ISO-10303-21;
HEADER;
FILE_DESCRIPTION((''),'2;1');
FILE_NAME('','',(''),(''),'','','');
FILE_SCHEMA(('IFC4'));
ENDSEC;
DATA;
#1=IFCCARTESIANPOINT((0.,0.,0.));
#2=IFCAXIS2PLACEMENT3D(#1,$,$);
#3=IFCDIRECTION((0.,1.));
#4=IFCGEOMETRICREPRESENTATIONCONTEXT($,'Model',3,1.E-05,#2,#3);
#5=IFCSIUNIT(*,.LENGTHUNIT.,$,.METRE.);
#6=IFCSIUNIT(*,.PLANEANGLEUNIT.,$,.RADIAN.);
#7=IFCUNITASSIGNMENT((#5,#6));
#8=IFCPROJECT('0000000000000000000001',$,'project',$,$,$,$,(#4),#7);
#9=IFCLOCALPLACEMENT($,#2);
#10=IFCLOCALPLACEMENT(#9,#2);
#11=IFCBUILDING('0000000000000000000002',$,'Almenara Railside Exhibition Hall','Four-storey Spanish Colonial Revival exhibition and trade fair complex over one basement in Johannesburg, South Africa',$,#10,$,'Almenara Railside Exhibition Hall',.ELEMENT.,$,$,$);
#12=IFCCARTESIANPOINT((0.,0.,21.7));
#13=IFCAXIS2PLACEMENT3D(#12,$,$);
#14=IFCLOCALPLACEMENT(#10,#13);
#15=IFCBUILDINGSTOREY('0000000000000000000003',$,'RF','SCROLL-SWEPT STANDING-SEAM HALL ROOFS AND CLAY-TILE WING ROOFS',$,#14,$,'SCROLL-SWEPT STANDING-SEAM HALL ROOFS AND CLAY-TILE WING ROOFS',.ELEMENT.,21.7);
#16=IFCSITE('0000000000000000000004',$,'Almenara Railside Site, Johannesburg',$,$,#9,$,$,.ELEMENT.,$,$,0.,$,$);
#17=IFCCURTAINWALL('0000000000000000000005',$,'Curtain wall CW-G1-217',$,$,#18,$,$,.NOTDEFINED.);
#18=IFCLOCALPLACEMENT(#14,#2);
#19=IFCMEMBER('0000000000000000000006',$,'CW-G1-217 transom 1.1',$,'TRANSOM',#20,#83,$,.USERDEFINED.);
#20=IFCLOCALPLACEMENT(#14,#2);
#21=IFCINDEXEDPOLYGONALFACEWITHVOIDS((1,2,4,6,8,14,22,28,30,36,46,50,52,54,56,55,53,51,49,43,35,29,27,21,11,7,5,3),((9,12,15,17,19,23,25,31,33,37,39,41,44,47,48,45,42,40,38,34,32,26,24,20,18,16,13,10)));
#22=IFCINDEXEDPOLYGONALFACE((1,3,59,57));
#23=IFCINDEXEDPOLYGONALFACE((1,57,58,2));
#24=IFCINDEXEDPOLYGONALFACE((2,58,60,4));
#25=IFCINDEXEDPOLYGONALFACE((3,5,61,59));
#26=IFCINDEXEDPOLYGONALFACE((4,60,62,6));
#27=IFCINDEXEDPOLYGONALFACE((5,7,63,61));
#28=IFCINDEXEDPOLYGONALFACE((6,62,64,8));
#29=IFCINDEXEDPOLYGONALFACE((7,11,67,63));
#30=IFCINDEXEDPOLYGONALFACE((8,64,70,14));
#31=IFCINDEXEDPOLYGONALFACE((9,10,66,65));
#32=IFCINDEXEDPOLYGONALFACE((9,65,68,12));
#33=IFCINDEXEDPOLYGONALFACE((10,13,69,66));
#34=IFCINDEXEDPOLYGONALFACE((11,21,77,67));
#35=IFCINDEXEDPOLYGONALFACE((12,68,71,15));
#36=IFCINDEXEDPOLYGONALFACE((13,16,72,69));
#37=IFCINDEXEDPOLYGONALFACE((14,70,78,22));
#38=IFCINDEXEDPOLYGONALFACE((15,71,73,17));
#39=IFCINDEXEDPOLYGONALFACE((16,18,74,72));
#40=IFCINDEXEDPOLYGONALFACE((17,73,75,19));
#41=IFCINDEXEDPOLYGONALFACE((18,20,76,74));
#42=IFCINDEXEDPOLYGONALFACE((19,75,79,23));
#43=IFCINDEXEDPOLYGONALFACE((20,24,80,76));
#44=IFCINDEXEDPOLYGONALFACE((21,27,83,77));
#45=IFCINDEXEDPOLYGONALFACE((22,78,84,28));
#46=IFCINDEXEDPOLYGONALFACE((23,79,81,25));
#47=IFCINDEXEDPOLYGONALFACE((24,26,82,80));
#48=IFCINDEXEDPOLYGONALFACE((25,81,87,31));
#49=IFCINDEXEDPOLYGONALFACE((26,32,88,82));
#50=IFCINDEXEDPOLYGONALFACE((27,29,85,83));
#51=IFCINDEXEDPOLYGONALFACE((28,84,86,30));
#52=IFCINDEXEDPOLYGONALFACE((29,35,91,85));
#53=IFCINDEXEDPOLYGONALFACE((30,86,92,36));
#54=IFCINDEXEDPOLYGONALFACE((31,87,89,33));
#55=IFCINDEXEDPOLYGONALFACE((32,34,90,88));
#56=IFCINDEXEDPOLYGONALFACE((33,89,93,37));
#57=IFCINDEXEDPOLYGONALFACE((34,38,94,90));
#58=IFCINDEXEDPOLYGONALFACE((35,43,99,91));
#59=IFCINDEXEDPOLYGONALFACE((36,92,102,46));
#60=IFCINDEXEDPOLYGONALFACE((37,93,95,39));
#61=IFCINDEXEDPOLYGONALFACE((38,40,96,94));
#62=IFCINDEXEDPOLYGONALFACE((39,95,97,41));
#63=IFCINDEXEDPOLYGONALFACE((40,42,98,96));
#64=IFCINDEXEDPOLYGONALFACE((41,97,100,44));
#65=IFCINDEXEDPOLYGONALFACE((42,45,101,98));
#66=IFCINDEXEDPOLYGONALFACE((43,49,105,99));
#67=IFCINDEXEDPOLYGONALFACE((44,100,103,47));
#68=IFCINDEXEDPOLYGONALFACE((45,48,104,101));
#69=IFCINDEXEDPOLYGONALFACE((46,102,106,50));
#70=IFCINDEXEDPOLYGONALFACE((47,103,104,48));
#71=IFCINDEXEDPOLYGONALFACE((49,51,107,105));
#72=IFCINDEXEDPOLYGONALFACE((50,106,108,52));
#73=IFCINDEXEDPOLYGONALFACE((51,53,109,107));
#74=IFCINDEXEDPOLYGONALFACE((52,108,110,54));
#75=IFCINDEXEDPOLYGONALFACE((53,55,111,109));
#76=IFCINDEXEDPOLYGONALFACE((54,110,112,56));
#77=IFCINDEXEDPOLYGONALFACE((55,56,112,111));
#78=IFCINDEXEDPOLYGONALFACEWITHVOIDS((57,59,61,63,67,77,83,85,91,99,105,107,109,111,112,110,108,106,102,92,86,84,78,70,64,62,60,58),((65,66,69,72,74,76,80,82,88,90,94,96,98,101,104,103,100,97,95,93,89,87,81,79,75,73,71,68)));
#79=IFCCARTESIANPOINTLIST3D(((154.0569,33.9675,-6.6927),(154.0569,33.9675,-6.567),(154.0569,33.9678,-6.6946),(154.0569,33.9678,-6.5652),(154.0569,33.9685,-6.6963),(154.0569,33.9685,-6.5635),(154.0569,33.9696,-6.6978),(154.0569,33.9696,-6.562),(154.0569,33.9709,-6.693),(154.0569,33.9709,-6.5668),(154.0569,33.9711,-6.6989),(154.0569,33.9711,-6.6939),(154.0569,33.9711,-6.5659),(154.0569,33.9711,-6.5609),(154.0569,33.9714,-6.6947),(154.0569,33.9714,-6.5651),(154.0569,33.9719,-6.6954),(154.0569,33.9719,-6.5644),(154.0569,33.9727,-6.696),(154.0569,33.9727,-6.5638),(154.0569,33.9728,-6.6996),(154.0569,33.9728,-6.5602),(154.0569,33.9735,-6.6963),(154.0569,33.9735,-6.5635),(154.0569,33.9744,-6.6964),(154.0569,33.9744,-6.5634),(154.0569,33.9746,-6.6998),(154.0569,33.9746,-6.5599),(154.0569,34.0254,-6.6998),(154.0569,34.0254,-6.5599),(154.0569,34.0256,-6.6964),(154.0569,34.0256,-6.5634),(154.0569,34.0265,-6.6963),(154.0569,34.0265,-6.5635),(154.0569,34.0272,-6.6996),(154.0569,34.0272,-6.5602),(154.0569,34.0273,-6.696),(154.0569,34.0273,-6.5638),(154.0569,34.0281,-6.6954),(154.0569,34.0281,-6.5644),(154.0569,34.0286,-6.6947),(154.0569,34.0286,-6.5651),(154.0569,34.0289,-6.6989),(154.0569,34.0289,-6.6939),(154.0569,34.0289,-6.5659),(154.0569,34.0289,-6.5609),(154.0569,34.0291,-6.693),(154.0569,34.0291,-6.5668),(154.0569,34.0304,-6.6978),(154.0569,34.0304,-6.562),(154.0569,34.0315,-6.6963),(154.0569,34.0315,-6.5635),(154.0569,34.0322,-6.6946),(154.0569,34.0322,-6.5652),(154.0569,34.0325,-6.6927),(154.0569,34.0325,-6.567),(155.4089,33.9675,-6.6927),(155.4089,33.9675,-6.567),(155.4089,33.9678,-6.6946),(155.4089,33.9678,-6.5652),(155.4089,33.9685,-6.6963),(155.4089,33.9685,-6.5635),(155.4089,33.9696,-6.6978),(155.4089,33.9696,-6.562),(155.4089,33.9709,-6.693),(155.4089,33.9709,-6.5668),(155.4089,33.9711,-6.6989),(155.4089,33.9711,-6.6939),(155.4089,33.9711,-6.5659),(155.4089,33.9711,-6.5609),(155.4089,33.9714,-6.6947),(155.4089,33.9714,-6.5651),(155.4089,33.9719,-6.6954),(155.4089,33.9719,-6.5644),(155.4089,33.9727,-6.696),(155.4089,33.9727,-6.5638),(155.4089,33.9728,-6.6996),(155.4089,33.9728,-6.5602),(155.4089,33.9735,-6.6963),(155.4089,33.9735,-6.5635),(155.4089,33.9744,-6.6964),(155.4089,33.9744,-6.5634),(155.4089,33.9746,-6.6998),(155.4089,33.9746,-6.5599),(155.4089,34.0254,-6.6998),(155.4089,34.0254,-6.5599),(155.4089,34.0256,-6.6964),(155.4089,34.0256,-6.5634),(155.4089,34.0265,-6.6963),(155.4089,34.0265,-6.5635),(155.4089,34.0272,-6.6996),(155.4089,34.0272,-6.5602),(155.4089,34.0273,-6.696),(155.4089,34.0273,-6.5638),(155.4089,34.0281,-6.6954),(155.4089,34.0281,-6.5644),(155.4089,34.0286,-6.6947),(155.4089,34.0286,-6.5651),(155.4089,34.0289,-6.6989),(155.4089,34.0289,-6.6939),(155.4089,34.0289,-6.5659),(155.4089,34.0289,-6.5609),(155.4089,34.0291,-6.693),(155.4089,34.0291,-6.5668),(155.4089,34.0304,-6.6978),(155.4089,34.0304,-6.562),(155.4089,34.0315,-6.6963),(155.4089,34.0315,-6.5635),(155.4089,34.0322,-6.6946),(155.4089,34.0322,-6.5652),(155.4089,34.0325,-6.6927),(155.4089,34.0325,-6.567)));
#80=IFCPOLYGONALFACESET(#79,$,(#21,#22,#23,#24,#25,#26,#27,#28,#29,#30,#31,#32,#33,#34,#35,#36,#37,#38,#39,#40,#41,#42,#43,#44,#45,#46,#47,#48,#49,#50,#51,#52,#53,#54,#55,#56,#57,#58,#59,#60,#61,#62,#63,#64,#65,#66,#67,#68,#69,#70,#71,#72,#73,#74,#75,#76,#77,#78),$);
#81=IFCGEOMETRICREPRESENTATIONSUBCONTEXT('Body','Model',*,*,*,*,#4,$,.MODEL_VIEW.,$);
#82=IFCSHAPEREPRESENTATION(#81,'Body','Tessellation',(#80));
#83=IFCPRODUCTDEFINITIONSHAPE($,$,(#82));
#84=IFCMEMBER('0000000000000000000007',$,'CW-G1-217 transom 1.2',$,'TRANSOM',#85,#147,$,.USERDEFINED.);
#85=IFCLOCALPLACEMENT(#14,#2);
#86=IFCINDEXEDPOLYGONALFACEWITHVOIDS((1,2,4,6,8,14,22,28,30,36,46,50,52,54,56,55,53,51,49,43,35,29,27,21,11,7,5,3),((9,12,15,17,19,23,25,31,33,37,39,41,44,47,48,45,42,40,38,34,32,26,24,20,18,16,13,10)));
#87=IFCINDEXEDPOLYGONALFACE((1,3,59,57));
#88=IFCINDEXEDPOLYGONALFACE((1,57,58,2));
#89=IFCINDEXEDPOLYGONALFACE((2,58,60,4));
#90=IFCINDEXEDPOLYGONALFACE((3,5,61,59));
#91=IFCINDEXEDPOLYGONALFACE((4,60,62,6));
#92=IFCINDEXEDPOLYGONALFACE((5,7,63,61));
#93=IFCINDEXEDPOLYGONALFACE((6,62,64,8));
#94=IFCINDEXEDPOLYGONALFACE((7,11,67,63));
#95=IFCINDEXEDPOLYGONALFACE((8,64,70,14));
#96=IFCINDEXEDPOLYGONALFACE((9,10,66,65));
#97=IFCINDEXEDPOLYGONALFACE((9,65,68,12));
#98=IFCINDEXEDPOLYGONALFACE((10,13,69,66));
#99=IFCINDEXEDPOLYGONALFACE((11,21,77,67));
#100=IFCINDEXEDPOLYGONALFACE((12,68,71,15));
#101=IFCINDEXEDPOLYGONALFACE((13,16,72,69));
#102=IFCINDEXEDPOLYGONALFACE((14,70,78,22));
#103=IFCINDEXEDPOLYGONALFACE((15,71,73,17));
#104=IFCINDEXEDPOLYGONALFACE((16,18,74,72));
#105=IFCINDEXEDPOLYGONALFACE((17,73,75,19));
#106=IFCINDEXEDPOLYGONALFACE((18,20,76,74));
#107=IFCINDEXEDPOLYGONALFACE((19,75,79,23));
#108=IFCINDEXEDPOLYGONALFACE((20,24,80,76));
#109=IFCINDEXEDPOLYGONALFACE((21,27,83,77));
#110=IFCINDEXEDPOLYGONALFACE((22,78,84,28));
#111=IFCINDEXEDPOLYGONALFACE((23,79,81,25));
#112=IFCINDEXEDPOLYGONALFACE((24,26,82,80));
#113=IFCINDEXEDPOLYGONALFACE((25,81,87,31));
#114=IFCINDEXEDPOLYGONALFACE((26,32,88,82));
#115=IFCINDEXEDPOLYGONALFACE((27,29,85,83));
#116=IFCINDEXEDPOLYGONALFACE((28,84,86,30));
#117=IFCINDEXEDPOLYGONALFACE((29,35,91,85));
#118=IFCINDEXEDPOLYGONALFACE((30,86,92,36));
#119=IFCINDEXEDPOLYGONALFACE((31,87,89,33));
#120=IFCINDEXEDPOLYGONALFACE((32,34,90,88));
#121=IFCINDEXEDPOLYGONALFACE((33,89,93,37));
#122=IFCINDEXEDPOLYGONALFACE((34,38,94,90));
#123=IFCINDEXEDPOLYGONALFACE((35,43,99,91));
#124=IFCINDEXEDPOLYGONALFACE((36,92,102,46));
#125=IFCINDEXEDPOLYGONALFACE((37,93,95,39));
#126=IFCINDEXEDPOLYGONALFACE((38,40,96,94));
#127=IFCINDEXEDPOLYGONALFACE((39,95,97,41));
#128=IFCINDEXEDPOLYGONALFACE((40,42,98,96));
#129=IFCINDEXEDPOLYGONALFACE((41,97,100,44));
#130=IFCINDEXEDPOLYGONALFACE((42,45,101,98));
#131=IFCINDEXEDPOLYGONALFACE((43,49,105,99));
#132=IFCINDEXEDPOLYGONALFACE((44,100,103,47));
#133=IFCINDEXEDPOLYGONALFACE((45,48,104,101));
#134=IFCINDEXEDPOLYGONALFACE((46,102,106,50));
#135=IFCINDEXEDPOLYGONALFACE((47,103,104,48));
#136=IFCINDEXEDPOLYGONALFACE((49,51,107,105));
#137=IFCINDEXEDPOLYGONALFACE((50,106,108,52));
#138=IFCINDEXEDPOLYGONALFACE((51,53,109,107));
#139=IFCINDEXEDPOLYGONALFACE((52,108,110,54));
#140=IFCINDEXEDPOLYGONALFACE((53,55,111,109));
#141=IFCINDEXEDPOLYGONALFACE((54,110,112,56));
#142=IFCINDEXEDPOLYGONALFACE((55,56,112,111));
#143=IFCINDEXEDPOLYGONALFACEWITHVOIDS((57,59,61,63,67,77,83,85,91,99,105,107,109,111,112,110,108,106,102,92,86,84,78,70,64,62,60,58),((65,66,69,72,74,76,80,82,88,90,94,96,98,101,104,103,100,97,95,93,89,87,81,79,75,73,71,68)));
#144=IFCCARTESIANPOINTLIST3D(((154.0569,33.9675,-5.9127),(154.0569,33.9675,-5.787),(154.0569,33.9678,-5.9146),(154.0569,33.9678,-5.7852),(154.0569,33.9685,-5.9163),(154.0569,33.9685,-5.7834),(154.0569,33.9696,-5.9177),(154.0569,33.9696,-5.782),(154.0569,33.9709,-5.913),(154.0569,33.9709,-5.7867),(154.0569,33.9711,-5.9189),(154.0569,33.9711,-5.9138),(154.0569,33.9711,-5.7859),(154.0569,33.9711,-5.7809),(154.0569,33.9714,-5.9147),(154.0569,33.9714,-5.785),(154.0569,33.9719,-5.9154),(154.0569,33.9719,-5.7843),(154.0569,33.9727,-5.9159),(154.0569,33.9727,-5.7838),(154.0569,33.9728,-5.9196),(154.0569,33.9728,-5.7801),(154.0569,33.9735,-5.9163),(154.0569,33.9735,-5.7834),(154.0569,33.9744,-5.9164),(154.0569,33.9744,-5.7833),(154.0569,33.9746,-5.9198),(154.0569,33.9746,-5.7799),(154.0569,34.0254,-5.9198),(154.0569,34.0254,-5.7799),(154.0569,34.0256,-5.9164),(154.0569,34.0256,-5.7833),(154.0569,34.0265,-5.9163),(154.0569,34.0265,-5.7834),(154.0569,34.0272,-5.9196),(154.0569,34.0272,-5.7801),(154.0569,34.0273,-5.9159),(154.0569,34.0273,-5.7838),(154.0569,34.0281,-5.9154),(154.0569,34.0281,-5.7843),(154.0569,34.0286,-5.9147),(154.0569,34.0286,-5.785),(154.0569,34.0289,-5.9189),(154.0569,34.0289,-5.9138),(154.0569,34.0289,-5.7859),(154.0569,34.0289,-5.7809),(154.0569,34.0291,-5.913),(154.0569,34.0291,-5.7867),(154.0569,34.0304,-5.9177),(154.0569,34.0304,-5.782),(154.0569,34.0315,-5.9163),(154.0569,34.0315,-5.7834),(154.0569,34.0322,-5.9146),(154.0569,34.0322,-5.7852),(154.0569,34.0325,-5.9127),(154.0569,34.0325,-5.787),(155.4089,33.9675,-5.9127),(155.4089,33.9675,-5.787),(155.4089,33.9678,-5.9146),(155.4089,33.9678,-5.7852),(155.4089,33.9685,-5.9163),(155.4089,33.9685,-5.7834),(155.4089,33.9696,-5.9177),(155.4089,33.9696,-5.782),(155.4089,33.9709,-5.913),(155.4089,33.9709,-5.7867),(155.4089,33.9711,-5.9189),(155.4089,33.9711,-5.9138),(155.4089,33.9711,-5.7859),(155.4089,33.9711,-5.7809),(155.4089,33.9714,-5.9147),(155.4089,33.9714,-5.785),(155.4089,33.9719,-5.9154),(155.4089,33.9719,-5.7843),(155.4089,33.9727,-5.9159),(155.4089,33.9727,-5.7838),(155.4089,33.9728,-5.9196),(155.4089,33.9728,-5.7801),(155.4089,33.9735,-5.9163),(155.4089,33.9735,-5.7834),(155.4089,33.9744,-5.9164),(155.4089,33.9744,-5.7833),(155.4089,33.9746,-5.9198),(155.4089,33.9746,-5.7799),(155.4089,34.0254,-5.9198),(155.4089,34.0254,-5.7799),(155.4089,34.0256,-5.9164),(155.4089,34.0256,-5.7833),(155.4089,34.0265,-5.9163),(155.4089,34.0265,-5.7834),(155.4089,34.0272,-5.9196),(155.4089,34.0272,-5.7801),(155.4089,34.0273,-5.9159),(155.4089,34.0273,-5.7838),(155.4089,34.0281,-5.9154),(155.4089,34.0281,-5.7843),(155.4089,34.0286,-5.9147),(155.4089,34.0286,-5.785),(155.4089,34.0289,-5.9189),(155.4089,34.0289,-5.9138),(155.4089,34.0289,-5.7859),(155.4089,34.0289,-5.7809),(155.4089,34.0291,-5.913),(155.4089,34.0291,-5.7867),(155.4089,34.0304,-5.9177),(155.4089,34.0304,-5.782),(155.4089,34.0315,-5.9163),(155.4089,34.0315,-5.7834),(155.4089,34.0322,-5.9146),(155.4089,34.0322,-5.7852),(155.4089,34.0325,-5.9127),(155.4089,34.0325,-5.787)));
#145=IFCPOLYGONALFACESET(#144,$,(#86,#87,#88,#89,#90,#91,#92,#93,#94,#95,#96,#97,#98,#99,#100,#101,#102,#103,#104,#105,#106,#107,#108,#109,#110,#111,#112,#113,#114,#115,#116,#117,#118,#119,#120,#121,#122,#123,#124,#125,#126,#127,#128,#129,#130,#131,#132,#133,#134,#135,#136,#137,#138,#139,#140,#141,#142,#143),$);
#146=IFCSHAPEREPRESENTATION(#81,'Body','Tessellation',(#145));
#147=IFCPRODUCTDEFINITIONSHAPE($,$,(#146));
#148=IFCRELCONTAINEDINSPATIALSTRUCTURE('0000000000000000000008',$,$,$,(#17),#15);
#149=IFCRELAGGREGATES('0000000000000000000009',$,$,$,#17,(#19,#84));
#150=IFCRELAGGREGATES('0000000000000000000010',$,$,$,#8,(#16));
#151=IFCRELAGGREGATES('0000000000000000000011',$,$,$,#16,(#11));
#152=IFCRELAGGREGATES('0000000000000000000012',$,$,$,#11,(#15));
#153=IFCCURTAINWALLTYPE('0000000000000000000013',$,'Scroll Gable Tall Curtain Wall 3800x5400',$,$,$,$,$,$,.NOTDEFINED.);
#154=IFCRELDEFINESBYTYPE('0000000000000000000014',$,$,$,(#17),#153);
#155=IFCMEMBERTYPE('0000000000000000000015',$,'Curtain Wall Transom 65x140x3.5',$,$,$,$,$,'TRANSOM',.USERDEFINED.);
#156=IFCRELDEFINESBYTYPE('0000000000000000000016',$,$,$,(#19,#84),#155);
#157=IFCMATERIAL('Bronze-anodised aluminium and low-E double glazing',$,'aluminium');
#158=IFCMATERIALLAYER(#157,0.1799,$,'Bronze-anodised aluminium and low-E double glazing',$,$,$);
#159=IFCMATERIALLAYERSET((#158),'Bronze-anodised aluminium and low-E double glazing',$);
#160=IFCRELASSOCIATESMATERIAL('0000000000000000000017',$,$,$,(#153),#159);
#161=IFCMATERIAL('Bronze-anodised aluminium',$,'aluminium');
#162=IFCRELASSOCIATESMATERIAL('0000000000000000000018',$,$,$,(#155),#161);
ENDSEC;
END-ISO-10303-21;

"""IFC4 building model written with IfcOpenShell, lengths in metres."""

from ifc_helpers import new_model, si_unit, direction, frame, origin, origin_2d, place, context, subcontext, project, spatial, hollow_rectangle, extrude, material, layer, layer_set, material_profile, profile_set, type_object, element, aggregate, save


model = new_model("IFC4")

# Units and contexts
model_context = context("Model", 3, precision=1e-05, world=origin(), true_north=direction((0.0, 1.0)))
body_context = subcontext(model_context, "Body", "Model", "MODEL_VIEW")
ifc_project = project(units=[si_unit("LENGTHUNIT", "METRE"), si_unit("PLANEANGLEUNIT", "RADIAN")], contexts=[model_context])

# Site, building, storey
site_placement = place(None, origin())
site = spatial("IfcSite", under=ifc_project, at=site_placement, Name="Almenara Railside Site, Johannesburg", CompositionType="ELEMENT", RefElevation=0.0)
building_placement = place(site_placement, origin())
building = spatial("IfcBuilding", under=site, at=building_placement, Name="Almenara Railside Exhibition Hall", Description="Four-storey Spanish Colonial Revival exhibition and trade fair complex over one basement in Johannesburg, South Africa", LongName="Almenara Railside Exhibition Hall", CompositionType="ELEMENT")
storey_placement = place(building_placement, frame((0.0, 0.0, 21.7)))
storey = spatial("IfcBuildingStorey", under=building, at=storey_placement, Name="RF", Description="SCROLL-SWEPT STANDING-SEAM HALL ROOFS AND CLAY-TILE WING ROOFS", LongName="SCROLL-SWEPT STANDING-SEAM HALL ROOFS AND CLAY-TILE WING ROOFS", CompositionType="ELEMENT", Elevation=21.7)

# Curtain wall
ifc_material_1 = material(Name="Bronze-anodised aluminium and low-E double glazing", Category="aluminium")
ifc_layer_1 = layer(ifc_material_1, 0.1799, Name="Bronze-anodised aluminium and low-E double glazing")
ifc_layer_set_1 = layer_set([ifc_layer_1], Name="Bronze-anodised aluminium and low-E double glazing")
curtain_wall_type = type_object("IfcCurtainWallType", Name="Scroll Gable Tall Curtain Wall 3800x5400", PredefinedType="NOTDEFINED", material=ifc_layer_set_1)
curtain_wall_1_placement = place(storey_placement, origin())
curtain_wall_1 = element("IfcCurtainWall", 1, at=curtain_wall_1_placement, inside=storey, type_object=curtain_wall_type, Name="Curtain wall CW-G1-217", PredefinedType="NOTDEFINED")
ifc_material_2 = material(Name="Bronze-anodised aluminium", Category="aluminium")

# Members
ifc_material_profile_1 = material_profile(ifc_material_2, hollow_rectangle(XDim=0.0649, YDim=0.1399, WallThickness=0.0034, InnerFilletRadius=0.0034, OuterFilletRadius=0.0071, at=origin_2d()), Name="ALU-TRN 65x140x3.5")
ifc_profile_set_1 = profile_set([ifc_material_profile_1], Name="Bronze-anodised aluminium")
member_type_1 = type_object("IfcMemberType", Name="Curtain Wall Transom 65x140x3.5", ElementType="TRANSOM", PredefinedType="USERDEFINED", material=ifc_profile_set_1)
member_1_placement = place(storey_placement, frame((154.0569, 34.0, -6.6299), z_axis=(1.0, 0.0, 0.0), x_axis=(0.0, 1.0, 0.0)))
member_1 = element("IfcMember", 2, at=member_1_placement, type_object=member_type_1, Name="CW-G1-217 transom 1.1", ObjectType="TRANSOM", PredefinedType="USERDEFINED", context=body_context, shape_type="SweptSolid", body=[
    extrude(hollow_rectangle(XDim=0.0649, YDim=0.1399, WallThickness=0.0034, InnerFilletRadius=0.0034, OuterFilletRadius=0.0071, at=origin_2d()), origin(), (0.0, 0.0, 1.0), 1.3521),
])
member_2_placement = place(storey_placement, frame((154.0569, 34.0, -5.8499), z_axis=(1.0, 0.0, 0.0), x_axis=(0.0, 1.0, 0.0)))
member_2 = element("IfcMember", 3, at=member_2_placement, type_object=member_type_1, Name="CW-G1-217 transom 1.2", ObjectType="TRANSOM", PredefinedType="USERDEFINED", context=body_context, shape_type="SweptSolid", body=[
    extrude(hollow_rectangle(XDim=0.0649, YDim=0.1399, WallThickness=0.0034, InnerFilletRadius=0.0034, OuterFilletRadius=0.0071, at=origin_2d()), origin(), (0.0, 0.0, 1.0), 1.3521),
])

aggregate(curtain_wall_1, [member_1, member_2])

save(model, "model.ifc")
